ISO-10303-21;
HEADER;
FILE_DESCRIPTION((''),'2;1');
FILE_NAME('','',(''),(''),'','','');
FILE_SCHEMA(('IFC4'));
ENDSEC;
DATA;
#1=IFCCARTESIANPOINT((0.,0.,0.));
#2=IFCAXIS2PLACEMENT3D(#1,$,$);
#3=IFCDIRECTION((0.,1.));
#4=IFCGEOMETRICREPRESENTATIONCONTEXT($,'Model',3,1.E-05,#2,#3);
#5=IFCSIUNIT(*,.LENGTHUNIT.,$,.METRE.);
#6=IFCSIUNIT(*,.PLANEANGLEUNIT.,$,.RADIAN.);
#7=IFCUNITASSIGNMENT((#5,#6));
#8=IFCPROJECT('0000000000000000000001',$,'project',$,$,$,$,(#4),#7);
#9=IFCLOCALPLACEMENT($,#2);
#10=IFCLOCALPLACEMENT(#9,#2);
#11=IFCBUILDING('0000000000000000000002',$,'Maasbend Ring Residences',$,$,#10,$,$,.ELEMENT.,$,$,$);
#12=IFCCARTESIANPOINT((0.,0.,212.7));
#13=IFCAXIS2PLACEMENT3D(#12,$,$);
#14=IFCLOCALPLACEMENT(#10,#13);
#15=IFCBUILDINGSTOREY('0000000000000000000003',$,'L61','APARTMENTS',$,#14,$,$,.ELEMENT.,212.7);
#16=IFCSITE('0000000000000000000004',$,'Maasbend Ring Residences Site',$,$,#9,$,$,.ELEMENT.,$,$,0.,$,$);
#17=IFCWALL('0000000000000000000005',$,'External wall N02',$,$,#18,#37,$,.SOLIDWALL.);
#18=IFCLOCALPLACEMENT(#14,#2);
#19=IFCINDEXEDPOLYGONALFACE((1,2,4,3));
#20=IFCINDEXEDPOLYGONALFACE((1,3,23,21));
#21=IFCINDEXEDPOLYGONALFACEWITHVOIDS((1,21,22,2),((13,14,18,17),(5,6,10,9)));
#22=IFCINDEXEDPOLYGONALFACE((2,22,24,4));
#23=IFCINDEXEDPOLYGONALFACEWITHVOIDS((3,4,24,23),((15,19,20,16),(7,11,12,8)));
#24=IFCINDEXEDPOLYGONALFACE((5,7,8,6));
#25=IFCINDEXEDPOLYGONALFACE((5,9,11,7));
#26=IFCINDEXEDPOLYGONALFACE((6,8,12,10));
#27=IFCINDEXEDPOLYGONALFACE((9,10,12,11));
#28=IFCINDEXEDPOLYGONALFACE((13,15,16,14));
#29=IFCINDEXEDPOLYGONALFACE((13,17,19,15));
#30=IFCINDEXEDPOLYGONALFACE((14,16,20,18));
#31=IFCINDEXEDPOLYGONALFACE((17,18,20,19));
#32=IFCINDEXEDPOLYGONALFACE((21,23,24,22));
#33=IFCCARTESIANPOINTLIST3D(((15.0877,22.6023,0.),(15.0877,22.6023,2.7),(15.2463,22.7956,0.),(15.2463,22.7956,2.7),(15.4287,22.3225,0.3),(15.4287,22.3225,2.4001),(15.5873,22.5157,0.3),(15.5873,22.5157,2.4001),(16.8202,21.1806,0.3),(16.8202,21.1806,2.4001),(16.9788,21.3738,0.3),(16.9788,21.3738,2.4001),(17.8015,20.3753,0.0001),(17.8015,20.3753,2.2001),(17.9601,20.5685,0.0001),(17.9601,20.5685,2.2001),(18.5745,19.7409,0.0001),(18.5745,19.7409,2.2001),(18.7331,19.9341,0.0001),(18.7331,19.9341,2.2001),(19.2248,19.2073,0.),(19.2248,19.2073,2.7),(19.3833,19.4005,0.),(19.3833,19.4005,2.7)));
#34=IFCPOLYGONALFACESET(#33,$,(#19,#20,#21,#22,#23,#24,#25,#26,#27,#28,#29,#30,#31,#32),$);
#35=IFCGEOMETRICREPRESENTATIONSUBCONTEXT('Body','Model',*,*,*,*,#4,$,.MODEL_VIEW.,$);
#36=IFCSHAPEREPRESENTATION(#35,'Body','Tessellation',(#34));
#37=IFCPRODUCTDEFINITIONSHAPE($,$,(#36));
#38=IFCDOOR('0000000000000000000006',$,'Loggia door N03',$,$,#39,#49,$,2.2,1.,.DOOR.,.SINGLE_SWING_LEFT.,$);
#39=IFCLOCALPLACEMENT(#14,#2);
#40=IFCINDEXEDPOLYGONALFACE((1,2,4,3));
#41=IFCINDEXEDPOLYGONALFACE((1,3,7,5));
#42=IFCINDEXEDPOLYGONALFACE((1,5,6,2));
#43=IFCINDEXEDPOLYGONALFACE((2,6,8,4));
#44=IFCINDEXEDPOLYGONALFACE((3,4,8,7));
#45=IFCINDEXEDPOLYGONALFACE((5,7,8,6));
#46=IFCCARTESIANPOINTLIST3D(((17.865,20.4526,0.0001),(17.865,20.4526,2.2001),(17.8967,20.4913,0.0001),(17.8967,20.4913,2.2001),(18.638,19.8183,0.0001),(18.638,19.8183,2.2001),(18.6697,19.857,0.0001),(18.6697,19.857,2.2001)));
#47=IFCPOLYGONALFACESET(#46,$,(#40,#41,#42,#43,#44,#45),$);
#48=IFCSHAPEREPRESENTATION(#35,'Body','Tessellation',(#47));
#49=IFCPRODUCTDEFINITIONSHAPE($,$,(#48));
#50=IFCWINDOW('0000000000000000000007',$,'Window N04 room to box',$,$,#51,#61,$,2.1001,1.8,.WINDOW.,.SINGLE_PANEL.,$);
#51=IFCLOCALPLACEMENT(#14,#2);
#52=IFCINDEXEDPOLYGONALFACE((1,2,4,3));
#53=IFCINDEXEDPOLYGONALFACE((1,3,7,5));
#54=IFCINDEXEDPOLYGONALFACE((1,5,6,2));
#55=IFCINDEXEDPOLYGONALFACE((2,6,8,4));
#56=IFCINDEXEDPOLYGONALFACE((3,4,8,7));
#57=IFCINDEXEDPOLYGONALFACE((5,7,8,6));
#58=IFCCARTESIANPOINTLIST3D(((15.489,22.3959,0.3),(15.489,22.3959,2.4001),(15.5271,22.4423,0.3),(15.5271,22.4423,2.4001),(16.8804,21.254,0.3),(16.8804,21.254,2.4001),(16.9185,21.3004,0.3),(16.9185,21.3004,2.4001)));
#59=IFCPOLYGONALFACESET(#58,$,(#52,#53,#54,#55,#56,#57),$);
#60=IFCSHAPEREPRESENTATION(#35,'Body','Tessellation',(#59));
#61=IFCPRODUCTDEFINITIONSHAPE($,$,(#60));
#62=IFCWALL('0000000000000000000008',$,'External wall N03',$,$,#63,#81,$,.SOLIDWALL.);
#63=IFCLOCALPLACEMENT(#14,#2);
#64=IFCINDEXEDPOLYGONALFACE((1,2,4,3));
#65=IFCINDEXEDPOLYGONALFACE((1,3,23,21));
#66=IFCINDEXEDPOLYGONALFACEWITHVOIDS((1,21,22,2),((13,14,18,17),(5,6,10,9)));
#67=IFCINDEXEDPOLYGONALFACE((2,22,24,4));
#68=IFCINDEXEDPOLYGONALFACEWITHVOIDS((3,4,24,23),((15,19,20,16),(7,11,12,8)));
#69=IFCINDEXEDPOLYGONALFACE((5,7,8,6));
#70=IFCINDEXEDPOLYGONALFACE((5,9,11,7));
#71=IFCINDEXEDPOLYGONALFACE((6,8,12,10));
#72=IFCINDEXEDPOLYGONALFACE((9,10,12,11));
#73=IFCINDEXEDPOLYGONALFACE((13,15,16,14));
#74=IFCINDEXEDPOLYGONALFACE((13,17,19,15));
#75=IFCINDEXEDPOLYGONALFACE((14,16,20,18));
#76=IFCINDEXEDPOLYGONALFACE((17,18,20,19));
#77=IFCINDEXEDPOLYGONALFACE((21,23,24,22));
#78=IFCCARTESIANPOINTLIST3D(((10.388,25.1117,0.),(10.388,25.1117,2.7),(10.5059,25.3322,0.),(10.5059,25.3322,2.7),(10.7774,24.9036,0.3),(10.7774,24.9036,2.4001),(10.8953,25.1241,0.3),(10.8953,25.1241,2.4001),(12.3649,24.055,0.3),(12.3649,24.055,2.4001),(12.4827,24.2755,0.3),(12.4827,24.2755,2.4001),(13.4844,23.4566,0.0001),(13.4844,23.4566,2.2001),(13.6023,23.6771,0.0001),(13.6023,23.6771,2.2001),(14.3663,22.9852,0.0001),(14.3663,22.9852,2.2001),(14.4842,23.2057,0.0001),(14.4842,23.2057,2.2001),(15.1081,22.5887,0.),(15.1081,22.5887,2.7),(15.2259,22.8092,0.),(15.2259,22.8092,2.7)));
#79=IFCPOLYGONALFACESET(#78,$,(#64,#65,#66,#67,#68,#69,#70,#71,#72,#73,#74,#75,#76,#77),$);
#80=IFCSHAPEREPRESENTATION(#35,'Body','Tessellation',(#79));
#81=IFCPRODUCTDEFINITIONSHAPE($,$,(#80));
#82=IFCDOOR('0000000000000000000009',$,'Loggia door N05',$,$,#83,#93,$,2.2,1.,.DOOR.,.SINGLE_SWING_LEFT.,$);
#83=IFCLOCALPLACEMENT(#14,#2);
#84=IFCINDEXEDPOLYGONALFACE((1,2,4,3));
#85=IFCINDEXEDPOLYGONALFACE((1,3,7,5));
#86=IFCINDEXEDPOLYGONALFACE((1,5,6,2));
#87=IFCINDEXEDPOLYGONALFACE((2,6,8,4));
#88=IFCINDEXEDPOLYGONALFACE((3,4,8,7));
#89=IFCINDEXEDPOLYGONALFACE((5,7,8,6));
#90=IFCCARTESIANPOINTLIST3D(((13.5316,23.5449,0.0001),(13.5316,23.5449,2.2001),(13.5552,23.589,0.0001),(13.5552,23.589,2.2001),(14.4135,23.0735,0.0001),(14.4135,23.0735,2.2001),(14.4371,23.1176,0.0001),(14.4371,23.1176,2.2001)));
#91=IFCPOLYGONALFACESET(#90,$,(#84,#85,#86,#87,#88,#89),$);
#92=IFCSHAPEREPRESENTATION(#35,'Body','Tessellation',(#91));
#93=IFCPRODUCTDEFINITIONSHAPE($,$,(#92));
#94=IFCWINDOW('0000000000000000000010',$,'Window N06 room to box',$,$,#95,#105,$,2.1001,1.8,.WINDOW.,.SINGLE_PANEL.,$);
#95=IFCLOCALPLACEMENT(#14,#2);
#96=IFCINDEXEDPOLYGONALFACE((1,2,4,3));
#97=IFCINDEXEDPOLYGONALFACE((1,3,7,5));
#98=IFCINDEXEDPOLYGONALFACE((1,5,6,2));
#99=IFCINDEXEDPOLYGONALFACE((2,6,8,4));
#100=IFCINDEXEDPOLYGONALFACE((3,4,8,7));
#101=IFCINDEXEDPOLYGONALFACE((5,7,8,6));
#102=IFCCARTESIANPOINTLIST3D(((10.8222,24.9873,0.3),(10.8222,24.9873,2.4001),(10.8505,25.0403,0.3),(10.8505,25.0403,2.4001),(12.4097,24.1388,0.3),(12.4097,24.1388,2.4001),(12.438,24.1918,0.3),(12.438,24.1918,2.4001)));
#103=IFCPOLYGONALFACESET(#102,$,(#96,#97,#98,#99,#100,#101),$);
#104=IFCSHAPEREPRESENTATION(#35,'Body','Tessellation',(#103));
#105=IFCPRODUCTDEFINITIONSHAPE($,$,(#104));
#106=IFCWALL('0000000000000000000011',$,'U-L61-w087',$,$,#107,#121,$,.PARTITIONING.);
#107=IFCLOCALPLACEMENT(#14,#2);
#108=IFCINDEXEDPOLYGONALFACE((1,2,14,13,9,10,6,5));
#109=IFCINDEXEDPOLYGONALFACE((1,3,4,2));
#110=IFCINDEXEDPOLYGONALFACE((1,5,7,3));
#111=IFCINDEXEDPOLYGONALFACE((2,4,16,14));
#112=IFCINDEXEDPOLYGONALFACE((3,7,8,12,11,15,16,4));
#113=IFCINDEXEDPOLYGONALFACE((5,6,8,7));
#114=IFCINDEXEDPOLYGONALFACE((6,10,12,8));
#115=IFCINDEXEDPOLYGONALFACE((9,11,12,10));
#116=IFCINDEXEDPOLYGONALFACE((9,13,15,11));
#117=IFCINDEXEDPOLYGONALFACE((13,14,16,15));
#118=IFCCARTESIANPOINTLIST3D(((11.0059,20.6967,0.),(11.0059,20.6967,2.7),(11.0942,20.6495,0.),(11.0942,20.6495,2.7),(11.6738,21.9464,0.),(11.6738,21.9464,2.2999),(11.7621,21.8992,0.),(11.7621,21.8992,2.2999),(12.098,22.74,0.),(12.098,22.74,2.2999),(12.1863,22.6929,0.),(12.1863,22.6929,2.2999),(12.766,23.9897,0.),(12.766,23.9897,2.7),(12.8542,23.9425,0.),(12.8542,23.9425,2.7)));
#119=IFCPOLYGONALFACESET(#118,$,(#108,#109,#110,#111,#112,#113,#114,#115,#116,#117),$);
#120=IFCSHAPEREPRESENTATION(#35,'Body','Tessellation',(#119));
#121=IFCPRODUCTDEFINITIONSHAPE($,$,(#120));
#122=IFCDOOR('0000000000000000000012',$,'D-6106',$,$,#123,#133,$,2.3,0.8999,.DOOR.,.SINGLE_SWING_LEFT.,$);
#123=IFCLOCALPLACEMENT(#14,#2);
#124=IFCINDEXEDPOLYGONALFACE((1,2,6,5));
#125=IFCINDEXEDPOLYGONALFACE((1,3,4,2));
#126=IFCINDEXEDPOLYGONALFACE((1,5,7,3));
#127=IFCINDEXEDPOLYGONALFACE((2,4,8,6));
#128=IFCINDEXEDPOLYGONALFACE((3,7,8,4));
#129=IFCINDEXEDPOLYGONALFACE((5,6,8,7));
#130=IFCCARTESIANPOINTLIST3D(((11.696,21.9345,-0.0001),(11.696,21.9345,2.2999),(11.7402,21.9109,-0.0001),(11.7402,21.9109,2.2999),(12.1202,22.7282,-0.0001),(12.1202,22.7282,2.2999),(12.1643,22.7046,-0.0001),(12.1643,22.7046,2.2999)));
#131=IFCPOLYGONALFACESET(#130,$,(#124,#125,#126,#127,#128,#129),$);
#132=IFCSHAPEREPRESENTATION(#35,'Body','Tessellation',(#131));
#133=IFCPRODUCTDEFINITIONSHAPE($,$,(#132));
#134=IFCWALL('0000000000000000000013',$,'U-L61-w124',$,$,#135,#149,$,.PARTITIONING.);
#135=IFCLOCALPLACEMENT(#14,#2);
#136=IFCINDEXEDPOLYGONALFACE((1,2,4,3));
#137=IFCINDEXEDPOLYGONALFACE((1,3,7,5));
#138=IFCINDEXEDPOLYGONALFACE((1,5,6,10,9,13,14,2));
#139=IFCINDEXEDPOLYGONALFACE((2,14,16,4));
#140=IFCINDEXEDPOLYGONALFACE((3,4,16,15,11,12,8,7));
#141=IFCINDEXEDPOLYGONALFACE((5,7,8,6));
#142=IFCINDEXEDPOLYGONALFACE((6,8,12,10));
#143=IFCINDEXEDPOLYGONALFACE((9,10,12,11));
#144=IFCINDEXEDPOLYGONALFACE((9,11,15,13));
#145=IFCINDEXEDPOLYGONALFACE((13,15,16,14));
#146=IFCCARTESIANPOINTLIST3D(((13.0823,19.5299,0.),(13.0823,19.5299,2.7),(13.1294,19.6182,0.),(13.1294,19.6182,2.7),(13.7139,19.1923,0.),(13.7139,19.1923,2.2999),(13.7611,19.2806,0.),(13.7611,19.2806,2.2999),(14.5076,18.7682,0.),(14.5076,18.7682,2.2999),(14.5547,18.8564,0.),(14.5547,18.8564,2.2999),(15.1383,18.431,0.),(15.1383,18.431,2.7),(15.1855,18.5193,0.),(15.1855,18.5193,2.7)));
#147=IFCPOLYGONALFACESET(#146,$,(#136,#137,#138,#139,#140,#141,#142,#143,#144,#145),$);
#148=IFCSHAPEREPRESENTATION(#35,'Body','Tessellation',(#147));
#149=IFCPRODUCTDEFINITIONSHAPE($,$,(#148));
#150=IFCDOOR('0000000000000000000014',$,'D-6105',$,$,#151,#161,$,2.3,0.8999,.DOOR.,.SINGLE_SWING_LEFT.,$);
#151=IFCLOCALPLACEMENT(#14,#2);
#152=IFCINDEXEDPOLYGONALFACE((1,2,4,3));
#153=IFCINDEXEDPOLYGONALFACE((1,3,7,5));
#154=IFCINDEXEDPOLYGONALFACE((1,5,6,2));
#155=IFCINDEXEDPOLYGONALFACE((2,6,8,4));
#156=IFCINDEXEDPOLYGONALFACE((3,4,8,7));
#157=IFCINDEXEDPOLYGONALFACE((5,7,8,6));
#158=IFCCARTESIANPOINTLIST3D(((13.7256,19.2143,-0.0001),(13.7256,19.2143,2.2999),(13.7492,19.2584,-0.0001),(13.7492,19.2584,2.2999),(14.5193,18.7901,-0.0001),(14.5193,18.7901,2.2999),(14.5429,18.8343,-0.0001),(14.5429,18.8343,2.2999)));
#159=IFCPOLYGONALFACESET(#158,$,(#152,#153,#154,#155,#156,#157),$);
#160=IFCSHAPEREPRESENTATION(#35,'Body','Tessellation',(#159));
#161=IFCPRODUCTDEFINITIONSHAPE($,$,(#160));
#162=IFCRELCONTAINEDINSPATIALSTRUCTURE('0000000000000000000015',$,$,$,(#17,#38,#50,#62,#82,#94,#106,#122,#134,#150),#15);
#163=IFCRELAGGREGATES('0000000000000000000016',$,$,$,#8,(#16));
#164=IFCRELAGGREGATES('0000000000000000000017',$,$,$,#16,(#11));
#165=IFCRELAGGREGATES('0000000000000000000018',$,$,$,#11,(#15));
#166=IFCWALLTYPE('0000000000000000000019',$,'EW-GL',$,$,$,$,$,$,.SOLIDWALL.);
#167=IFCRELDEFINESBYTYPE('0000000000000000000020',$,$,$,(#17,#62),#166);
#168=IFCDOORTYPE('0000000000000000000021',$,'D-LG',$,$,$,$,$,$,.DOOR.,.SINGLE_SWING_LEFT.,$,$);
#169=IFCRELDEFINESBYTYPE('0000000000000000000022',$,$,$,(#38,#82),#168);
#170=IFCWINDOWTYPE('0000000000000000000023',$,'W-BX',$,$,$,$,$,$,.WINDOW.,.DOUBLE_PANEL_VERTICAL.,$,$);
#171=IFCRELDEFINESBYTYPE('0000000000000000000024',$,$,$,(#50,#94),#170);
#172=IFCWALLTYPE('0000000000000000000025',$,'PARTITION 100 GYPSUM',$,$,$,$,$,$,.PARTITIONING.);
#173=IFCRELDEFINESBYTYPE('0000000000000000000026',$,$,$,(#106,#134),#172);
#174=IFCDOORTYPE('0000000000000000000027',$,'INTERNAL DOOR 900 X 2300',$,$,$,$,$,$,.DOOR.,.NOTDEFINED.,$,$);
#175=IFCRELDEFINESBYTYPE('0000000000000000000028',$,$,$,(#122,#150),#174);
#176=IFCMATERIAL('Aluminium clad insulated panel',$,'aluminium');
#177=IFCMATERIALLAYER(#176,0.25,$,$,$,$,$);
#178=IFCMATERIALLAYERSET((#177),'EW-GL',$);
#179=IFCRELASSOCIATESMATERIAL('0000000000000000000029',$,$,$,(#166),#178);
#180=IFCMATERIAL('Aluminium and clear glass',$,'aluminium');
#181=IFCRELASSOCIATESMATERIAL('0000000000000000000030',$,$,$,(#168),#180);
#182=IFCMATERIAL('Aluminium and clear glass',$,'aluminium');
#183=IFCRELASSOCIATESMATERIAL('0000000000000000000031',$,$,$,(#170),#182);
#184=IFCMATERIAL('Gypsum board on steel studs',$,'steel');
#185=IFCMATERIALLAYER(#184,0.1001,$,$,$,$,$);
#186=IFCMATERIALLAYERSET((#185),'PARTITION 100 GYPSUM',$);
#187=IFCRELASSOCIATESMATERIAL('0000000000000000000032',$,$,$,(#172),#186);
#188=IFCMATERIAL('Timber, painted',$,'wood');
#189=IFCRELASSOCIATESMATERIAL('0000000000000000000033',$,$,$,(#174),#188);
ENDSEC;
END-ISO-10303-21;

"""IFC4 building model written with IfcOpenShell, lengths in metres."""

from ifc_helpers import new_model, si_unit, direction, frame, frame_2d, origin, place, context, subcontext, project, spatial, rectangle, extrude, material, layer, layer_set, type_object, element, fill, save


model = new_model("IFC4")

# Units and contexts
model_context = context("Model", 3, precision=1e-05, world=origin(), true_north=direction((0.0, 1.0)))
body_context = subcontext(model_context, "Body", "Model", "MODEL_VIEW")
ifc_project = project(units=[si_unit("LENGTHUNIT", "METRE"), si_unit("PLANEANGLEUNIT", "RADIAN")], contexts=[model_context])

# Site, building, storey
site_placement = place(None, origin())
site = spatial("IfcSite", under=ifc_project, at=site_placement, Name="Maasbend Ring Residences Site", CompositionType="ELEMENT", RefElevation=0.0)
building_placement = place(site_placement, origin())
building = spatial("IfcBuilding", under=site, at=building_placement, Name="Maasbend Ring Residences", CompositionType="ELEMENT")
storey_placement = place(building_placement, frame((0.0, 0.0, 212.7)))
storey = spatial("IfcBuildingStorey", under=building, at=storey_placement, Name="L61", Description="APARTMENTS", CompositionType="ELEMENT", Elevation=212.7)

# Walls, openings, doors, windows
ifc_material_1 = material(Name="Aluminium clad insulated panel", Category="aluminium")
ifc_layer_1 = layer(ifc_material_1, 0.25)
ifc_layer_set_1 = layer_set([ifc_layer_1], Name="EW-GL")
wall_type_1 = type_object("IfcWallType", Name="EW-GL", PredefinedType="SOLIDWALL", material=ifc_layer_set_1)
wall_1_placement = place(storey_placement, frame((19.304, 19.304, 0.0), z_axis=(0.0, 0.0, 1.0), x_axis=(-0.773019, 0.634382, 0.0)))
wall_1 = element("IfcWall", 1, at=wall_1_placement, inside=storey, type_object=wall_type_1, Name="External wall N02", PredefinedType="SOLIDWALL", context=body_context, shape_type="SweptSolid", body=[
    extrude(rectangle(XDim=5.3518, YDim=0.25, at=frame_2d((2.6758, 0.0))), origin(), (0.0, 0.0, 1.0), 2.7),
])
opening_1_placement = place(wall_1_placement, frame((0.8411, 0.0, 0.0)))
opening_1 = element("IfcOpeningElement", 2, at=opening_1_placement, cuts=wall_1, PredefinedType="OPENING", context=body_context, shape_type="SweptSolid", body=[
    extrude(rectangle(XDim=1.0, YDim=2.2, at=frame_2d((0.5, 1.1001))), frame((0.0, 0.135, 0.0), z_axis=(0.0, -1.0, 0.0), x_axis=(1.0, 0.0, 0.0)), (0.0, 0.0, 1.0), 0.27),
])
opening_2_placement = place(wall_1_placement, frame((3.1106, 0.0, 0.3)))
opening_2 = element("IfcOpeningElement", 3, at=opening_2_placement, cuts=wall_1, PredefinedType="OPENING", context=body_context, shape_type="SweptSolid", body=[
    extrude(rectangle(XDim=1.8, YDim=2.1001, at=frame_2d((0.8999, 1.05))), frame((0.0, 0.135, 0.0), z_axis=(0.0, -1.0, 0.0), x_axis=(1.0, 0.0, 0.0)), (0.0, 0.0, 1.0), 0.27),
])
ifc_material_2 = material(Name="Aluminium and clear glass", Category="aluminium")
door_type_1 = type_object("IfcDoorType", Name="D-LG", OperationType="SINGLE_SWING_LEFT", PredefinedType="DOOR", material=ifc_material_2)
door_1_placement = place(opening_1_placement, origin())
door_1 = element("IfcDoor", 4, at=door_1_placement, inside=storey, type_object=door_type_1, Name="Loggia door N03", OperationType="SINGLE_SWING_LEFT", OverallHeight=2.2, OverallWidth=1.0, PredefinedType="DOOR", context=body_context, shape_type="SweptSolid", body=[
    extrude(rectangle(XDim=1.0, YDim=2.2, at=frame_2d((0.5, 1.1001))), frame((0.0, 0.0249, 0.0), z_axis=(0.0, -1.0, 0.0), x_axis=(1.0, 0.0, 0.0)), (0.0, 0.0, 1.0), 0.05),
])
fill(opening_1, door_1)
ifc_material_3 = material(Name="Aluminium and clear glass", Category="aluminium")
window_type_1 = type_object("IfcWindowType", Name="W-BX", PartitioningType="DOUBLE_PANEL_VERTICAL", PredefinedType="WINDOW", material=ifc_material_3)
window_1_placement = place(opening_2_placement, origin())
window_1 = element("IfcWindow", 5, at=window_1_placement, inside=storey, type_object=window_type_1, Name="Window N04 room to box", OverallHeight=2.1001, OverallWidth=1.8, PartitioningType="SINGLE_PANEL", PredefinedType="WINDOW", context=body_context, shape_type="SweptSolid", body=[
    extrude(rectangle(XDim=1.8, YDim=2.1001, at=frame_2d((0.8999, 1.05))), frame((0.0, 0.03, 0.0), z_axis=(0.0, -1.0, 0.0), x_axis=(1.0, 0.0, 0.0)), (0.0, 0.0, 1.0), 0.0601),
])
fill(opening_2, window_1)
wall_2_placement = place(storey_placement, frame((15.167, 22.699, 0.0), z_axis=(0.0, 0.0, 1.0), x_axis=(-0.881916, 0.471407, 0.0)))
wall_2 = element("IfcWall", 6, at=wall_2_placement, inside=storey, type_object=wall_type_1, Name="External wall N03", PredefinedType="SOLIDWALL", context=body_context, shape_type="SweptSolid", body=[
    extrude(rectangle(XDim=5.3521, YDim=0.25, at=frame_2d((2.676, 0.0))), origin(), (0.0, 0.0, 1.0), 2.7),
])
opening_3_placement = place(wall_2_placement, frame((0.8411, 0.0, 0.0)))
opening_3 = element("IfcOpeningElement", 7, at=opening_3_placement, cuts=wall_2, PredefinedType="OPENING", context=body_context, shape_type="SweptSolid", body=[
    extrude(rectangle(XDim=1.0, YDim=2.2, at=frame_2d((0.5, 1.1001))), frame((0.0, 0.135, 0.0), z_axis=(0.0, -1.0, 0.0), x_axis=(1.0, 0.0, 0.0)), (0.0, 0.0, 1.0), 0.27),
])
opening_4_placement = place(wall_2_placement, frame((3.1106, 0.0, 0.3)))
opening_4 = element("IfcOpeningElement", 8, at=opening_4_placement, cuts=wall_2, PredefinedType="OPENING", context=body_context, shape_type="SweptSolid", body=[
    extrude(rectangle(XDim=1.8, YDim=2.1001, at=frame_2d((0.8999, 1.05))), frame((0.0, 0.135, 0.0), z_axis=(0.0, -1.0, 0.0), x_axis=(1.0, 0.0, 0.0)), (0.0, 0.0, 1.0), 0.27),
])
door_2_placement = place(opening_3_placement, origin())
door_2 = element("IfcDoor", 9, at=door_2_placement, inside=storey, type_object=door_type_1, Name="Loggia door N05", OperationType="SINGLE_SWING_LEFT", OverallHeight=2.2, OverallWidth=1.0, PredefinedType="DOOR", context=body_context, shape_type="SweptSolid", body=[
    extrude(rectangle(XDim=1.0, YDim=2.2, at=frame_2d((0.5, 1.1001))), frame((0.0, 0.0249, 0.0), z_axis=(0.0, -1.0, 0.0), x_axis=(1.0, 0.0, 0.0)), (0.0, 0.0, 1.0), 0.05),
])
fill(opening_3, door_2)
window_2_placement = place(opening_4_placement, origin())
window_2 = element("IfcWindow", 10, at=window_2_placement, inside=storey, type_object=window_type_1, Name="Window N06 room to box", OverallHeight=2.1001, OverallWidth=1.8, PartitioningType="SINGLE_PANEL", PredefinedType="WINDOW", context=body_context, shape_type="SweptSolid", body=[
    extrude(rectangle(XDim=1.8, YDim=2.1001, at=frame_2d((0.8999, 1.05))), frame((0.0, 0.03, 0.0), z_axis=(0.0, -1.0, 0.0), x_axis=(1.0, 0.0, 0.0)), (0.0, 0.0, 1.0), 0.0601),
])
fill(opening_4, window_2)

# Walls, openings, doors
ifc_material_4 = material(Name="Gypsum board on steel studs", Category="steel")
ifc_layer_2 = layer(ifc_material_4, 0.1001)
ifc_layer_set_2 = layer_set([ifc_layer_2], Name="PARTITION 100 GYPSUM")
wall_type_2 = type_object("IfcWallType", Name="PARTITION 100 GYPSUM", PredefinedType="PARTITIONING", material=ifc_layer_set_2)
wall_3_placement = place(storey_placement, frame((11.05, 20.6731, 0.0), z_axis=(0.0, 0.0, 1.0), x_axis=(0.471372, 0.881934, 0.0)))
wall_3 = element("IfcWall", 11, at=wall_3_placement, inside=storey, type_object=wall_type_2, Name="U-L61-w087", PredefinedType="PARTITIONING", context=body_context, shape_type="SweptSolid", body=[
    extrude(rectangle(XDim=3.7339, YDim=0.1001, at=frame_2d((1.8669, 0.0))), origin(), (0.0, 0.0, 1.0), 2.7),
])
opening_5_placement = place(wall_3_placement, frame((1.417, 0.0, 0.0)))
opening_5 = element("IfcOpeningElement", 12, at=opening_5_placement, cuts=wall_3, PredefinedType="OPENING", context=body_context, shape_type="SweptSolid", body=[
    extrude(rectangle(XDim=0.8999, YDim=2.3, at=frame_2d((0.45, 1.1499))), frame((0.0, 0.0601, 0.0), z_axis=(0.0, -1.0, 0.0), x_axis=(1.0, 0.0, 0.0)), (0.0, 0.0, 1.0), 0.1201),
])
ifc_material_5 = material(Name="Timber, painted", Category="wood")
door_type_2 = type_object("IfcDoorType", Name="INTERNAL DOOR 900 X 2300", OperationType="NOTDEFINED", PredefinedType="DOOR", material=ifc_material_5)
door_3_placement = place(opening_5_placement, origin())
door_3 = element("IfcDoor", 13, at=door_3_placement, inside=storey, type_object=door_type_2, Name="D-6106", OperationType="SINGLE_SWING_LEFT", OverallHeight=2.3, OverallWidth=0.8999, PredefinedType="DOOR", context=body_context, shape_type="SweptSolid", body=[
    extrude(rectangle(XDim=0.8999, YDim=2.3, at=frame_2d((0.45, 1.1499))), frame((0.0, 0.0249, 0.0), z_axis=(0.0, -1.0, 0.0), x_axis=(1.0, 0.0, 0.0)), (0.0, 0.0, 1.0), 0.05),
])
fill(opening_5, door_3)
wall_4_placement = place(storey_placement, frame((13.106, 19.574, 0.0), z_axis=(0.0, 0.0, 1.0), x_axis=(0.88195, -0.471344, 0.0)))
wall_4 = element("IfcWall", 14, at=wall_4_placement, inside=storey, type_object=wall_type_2, Name="U-L61-w124", PredefinedType="PARTITIONING", context=body_context, shape_type="SweptSolid", body=[
    extrude(rectangle(XDim=2.3313, YDim=0.1001, at=frame_2d((1.1655, 0.0))), origin(), (0.0, 0.0, 1.0), 2.7),
])
opening_6_placement = place(wall_4_placement, frame((0.7161, 0.0, 0.0)))
opening_6 = element("IfcOpeningElement", 15, at=opening_6_placement, cuts=wall_4, PredefinedType="OPENING", context=body_context, shape_type="SweptSolid", body=[
    extrude(rectangle(XDim=0.8999, YDim=2.3, at=frame_2d((0.45, 1.1499))), frame((0.0, 0.0601, 0.0), z_axis=(0.0, -1.0, 0.0), x_axis=(1.0, 0.0, 0.0)), (0.0, 0.0, 1.0), 0.1201),
])
door_4_placement = place(opening_6_placement, origin())
door_4 = element("IfcDoor", 16, at=door_4_placement, inside=storey, type_object=door_type_2, Name="D-6105", OperationType="SINGLE_SWING_LEFT", OverallHeight=2.3, OverallWidth=0.8999, PredefinedType="DOOR", context=body_context, shape_type="SweptSolid", body=[
    extrude(rectangle(XDim=0.8999, YDim=2.3, at=frame_2d((0.45, 1.1499))), frame((0.0, 0.0249, 0.0), z_axis=(0.0, -1.0, 0.0), x_axis=(1.0, 0.0, 0.0)), (0.0, 0.0, 1.0), 0.05),
])
fill(opening_6, door_4)

save(model, "model.ifc")
